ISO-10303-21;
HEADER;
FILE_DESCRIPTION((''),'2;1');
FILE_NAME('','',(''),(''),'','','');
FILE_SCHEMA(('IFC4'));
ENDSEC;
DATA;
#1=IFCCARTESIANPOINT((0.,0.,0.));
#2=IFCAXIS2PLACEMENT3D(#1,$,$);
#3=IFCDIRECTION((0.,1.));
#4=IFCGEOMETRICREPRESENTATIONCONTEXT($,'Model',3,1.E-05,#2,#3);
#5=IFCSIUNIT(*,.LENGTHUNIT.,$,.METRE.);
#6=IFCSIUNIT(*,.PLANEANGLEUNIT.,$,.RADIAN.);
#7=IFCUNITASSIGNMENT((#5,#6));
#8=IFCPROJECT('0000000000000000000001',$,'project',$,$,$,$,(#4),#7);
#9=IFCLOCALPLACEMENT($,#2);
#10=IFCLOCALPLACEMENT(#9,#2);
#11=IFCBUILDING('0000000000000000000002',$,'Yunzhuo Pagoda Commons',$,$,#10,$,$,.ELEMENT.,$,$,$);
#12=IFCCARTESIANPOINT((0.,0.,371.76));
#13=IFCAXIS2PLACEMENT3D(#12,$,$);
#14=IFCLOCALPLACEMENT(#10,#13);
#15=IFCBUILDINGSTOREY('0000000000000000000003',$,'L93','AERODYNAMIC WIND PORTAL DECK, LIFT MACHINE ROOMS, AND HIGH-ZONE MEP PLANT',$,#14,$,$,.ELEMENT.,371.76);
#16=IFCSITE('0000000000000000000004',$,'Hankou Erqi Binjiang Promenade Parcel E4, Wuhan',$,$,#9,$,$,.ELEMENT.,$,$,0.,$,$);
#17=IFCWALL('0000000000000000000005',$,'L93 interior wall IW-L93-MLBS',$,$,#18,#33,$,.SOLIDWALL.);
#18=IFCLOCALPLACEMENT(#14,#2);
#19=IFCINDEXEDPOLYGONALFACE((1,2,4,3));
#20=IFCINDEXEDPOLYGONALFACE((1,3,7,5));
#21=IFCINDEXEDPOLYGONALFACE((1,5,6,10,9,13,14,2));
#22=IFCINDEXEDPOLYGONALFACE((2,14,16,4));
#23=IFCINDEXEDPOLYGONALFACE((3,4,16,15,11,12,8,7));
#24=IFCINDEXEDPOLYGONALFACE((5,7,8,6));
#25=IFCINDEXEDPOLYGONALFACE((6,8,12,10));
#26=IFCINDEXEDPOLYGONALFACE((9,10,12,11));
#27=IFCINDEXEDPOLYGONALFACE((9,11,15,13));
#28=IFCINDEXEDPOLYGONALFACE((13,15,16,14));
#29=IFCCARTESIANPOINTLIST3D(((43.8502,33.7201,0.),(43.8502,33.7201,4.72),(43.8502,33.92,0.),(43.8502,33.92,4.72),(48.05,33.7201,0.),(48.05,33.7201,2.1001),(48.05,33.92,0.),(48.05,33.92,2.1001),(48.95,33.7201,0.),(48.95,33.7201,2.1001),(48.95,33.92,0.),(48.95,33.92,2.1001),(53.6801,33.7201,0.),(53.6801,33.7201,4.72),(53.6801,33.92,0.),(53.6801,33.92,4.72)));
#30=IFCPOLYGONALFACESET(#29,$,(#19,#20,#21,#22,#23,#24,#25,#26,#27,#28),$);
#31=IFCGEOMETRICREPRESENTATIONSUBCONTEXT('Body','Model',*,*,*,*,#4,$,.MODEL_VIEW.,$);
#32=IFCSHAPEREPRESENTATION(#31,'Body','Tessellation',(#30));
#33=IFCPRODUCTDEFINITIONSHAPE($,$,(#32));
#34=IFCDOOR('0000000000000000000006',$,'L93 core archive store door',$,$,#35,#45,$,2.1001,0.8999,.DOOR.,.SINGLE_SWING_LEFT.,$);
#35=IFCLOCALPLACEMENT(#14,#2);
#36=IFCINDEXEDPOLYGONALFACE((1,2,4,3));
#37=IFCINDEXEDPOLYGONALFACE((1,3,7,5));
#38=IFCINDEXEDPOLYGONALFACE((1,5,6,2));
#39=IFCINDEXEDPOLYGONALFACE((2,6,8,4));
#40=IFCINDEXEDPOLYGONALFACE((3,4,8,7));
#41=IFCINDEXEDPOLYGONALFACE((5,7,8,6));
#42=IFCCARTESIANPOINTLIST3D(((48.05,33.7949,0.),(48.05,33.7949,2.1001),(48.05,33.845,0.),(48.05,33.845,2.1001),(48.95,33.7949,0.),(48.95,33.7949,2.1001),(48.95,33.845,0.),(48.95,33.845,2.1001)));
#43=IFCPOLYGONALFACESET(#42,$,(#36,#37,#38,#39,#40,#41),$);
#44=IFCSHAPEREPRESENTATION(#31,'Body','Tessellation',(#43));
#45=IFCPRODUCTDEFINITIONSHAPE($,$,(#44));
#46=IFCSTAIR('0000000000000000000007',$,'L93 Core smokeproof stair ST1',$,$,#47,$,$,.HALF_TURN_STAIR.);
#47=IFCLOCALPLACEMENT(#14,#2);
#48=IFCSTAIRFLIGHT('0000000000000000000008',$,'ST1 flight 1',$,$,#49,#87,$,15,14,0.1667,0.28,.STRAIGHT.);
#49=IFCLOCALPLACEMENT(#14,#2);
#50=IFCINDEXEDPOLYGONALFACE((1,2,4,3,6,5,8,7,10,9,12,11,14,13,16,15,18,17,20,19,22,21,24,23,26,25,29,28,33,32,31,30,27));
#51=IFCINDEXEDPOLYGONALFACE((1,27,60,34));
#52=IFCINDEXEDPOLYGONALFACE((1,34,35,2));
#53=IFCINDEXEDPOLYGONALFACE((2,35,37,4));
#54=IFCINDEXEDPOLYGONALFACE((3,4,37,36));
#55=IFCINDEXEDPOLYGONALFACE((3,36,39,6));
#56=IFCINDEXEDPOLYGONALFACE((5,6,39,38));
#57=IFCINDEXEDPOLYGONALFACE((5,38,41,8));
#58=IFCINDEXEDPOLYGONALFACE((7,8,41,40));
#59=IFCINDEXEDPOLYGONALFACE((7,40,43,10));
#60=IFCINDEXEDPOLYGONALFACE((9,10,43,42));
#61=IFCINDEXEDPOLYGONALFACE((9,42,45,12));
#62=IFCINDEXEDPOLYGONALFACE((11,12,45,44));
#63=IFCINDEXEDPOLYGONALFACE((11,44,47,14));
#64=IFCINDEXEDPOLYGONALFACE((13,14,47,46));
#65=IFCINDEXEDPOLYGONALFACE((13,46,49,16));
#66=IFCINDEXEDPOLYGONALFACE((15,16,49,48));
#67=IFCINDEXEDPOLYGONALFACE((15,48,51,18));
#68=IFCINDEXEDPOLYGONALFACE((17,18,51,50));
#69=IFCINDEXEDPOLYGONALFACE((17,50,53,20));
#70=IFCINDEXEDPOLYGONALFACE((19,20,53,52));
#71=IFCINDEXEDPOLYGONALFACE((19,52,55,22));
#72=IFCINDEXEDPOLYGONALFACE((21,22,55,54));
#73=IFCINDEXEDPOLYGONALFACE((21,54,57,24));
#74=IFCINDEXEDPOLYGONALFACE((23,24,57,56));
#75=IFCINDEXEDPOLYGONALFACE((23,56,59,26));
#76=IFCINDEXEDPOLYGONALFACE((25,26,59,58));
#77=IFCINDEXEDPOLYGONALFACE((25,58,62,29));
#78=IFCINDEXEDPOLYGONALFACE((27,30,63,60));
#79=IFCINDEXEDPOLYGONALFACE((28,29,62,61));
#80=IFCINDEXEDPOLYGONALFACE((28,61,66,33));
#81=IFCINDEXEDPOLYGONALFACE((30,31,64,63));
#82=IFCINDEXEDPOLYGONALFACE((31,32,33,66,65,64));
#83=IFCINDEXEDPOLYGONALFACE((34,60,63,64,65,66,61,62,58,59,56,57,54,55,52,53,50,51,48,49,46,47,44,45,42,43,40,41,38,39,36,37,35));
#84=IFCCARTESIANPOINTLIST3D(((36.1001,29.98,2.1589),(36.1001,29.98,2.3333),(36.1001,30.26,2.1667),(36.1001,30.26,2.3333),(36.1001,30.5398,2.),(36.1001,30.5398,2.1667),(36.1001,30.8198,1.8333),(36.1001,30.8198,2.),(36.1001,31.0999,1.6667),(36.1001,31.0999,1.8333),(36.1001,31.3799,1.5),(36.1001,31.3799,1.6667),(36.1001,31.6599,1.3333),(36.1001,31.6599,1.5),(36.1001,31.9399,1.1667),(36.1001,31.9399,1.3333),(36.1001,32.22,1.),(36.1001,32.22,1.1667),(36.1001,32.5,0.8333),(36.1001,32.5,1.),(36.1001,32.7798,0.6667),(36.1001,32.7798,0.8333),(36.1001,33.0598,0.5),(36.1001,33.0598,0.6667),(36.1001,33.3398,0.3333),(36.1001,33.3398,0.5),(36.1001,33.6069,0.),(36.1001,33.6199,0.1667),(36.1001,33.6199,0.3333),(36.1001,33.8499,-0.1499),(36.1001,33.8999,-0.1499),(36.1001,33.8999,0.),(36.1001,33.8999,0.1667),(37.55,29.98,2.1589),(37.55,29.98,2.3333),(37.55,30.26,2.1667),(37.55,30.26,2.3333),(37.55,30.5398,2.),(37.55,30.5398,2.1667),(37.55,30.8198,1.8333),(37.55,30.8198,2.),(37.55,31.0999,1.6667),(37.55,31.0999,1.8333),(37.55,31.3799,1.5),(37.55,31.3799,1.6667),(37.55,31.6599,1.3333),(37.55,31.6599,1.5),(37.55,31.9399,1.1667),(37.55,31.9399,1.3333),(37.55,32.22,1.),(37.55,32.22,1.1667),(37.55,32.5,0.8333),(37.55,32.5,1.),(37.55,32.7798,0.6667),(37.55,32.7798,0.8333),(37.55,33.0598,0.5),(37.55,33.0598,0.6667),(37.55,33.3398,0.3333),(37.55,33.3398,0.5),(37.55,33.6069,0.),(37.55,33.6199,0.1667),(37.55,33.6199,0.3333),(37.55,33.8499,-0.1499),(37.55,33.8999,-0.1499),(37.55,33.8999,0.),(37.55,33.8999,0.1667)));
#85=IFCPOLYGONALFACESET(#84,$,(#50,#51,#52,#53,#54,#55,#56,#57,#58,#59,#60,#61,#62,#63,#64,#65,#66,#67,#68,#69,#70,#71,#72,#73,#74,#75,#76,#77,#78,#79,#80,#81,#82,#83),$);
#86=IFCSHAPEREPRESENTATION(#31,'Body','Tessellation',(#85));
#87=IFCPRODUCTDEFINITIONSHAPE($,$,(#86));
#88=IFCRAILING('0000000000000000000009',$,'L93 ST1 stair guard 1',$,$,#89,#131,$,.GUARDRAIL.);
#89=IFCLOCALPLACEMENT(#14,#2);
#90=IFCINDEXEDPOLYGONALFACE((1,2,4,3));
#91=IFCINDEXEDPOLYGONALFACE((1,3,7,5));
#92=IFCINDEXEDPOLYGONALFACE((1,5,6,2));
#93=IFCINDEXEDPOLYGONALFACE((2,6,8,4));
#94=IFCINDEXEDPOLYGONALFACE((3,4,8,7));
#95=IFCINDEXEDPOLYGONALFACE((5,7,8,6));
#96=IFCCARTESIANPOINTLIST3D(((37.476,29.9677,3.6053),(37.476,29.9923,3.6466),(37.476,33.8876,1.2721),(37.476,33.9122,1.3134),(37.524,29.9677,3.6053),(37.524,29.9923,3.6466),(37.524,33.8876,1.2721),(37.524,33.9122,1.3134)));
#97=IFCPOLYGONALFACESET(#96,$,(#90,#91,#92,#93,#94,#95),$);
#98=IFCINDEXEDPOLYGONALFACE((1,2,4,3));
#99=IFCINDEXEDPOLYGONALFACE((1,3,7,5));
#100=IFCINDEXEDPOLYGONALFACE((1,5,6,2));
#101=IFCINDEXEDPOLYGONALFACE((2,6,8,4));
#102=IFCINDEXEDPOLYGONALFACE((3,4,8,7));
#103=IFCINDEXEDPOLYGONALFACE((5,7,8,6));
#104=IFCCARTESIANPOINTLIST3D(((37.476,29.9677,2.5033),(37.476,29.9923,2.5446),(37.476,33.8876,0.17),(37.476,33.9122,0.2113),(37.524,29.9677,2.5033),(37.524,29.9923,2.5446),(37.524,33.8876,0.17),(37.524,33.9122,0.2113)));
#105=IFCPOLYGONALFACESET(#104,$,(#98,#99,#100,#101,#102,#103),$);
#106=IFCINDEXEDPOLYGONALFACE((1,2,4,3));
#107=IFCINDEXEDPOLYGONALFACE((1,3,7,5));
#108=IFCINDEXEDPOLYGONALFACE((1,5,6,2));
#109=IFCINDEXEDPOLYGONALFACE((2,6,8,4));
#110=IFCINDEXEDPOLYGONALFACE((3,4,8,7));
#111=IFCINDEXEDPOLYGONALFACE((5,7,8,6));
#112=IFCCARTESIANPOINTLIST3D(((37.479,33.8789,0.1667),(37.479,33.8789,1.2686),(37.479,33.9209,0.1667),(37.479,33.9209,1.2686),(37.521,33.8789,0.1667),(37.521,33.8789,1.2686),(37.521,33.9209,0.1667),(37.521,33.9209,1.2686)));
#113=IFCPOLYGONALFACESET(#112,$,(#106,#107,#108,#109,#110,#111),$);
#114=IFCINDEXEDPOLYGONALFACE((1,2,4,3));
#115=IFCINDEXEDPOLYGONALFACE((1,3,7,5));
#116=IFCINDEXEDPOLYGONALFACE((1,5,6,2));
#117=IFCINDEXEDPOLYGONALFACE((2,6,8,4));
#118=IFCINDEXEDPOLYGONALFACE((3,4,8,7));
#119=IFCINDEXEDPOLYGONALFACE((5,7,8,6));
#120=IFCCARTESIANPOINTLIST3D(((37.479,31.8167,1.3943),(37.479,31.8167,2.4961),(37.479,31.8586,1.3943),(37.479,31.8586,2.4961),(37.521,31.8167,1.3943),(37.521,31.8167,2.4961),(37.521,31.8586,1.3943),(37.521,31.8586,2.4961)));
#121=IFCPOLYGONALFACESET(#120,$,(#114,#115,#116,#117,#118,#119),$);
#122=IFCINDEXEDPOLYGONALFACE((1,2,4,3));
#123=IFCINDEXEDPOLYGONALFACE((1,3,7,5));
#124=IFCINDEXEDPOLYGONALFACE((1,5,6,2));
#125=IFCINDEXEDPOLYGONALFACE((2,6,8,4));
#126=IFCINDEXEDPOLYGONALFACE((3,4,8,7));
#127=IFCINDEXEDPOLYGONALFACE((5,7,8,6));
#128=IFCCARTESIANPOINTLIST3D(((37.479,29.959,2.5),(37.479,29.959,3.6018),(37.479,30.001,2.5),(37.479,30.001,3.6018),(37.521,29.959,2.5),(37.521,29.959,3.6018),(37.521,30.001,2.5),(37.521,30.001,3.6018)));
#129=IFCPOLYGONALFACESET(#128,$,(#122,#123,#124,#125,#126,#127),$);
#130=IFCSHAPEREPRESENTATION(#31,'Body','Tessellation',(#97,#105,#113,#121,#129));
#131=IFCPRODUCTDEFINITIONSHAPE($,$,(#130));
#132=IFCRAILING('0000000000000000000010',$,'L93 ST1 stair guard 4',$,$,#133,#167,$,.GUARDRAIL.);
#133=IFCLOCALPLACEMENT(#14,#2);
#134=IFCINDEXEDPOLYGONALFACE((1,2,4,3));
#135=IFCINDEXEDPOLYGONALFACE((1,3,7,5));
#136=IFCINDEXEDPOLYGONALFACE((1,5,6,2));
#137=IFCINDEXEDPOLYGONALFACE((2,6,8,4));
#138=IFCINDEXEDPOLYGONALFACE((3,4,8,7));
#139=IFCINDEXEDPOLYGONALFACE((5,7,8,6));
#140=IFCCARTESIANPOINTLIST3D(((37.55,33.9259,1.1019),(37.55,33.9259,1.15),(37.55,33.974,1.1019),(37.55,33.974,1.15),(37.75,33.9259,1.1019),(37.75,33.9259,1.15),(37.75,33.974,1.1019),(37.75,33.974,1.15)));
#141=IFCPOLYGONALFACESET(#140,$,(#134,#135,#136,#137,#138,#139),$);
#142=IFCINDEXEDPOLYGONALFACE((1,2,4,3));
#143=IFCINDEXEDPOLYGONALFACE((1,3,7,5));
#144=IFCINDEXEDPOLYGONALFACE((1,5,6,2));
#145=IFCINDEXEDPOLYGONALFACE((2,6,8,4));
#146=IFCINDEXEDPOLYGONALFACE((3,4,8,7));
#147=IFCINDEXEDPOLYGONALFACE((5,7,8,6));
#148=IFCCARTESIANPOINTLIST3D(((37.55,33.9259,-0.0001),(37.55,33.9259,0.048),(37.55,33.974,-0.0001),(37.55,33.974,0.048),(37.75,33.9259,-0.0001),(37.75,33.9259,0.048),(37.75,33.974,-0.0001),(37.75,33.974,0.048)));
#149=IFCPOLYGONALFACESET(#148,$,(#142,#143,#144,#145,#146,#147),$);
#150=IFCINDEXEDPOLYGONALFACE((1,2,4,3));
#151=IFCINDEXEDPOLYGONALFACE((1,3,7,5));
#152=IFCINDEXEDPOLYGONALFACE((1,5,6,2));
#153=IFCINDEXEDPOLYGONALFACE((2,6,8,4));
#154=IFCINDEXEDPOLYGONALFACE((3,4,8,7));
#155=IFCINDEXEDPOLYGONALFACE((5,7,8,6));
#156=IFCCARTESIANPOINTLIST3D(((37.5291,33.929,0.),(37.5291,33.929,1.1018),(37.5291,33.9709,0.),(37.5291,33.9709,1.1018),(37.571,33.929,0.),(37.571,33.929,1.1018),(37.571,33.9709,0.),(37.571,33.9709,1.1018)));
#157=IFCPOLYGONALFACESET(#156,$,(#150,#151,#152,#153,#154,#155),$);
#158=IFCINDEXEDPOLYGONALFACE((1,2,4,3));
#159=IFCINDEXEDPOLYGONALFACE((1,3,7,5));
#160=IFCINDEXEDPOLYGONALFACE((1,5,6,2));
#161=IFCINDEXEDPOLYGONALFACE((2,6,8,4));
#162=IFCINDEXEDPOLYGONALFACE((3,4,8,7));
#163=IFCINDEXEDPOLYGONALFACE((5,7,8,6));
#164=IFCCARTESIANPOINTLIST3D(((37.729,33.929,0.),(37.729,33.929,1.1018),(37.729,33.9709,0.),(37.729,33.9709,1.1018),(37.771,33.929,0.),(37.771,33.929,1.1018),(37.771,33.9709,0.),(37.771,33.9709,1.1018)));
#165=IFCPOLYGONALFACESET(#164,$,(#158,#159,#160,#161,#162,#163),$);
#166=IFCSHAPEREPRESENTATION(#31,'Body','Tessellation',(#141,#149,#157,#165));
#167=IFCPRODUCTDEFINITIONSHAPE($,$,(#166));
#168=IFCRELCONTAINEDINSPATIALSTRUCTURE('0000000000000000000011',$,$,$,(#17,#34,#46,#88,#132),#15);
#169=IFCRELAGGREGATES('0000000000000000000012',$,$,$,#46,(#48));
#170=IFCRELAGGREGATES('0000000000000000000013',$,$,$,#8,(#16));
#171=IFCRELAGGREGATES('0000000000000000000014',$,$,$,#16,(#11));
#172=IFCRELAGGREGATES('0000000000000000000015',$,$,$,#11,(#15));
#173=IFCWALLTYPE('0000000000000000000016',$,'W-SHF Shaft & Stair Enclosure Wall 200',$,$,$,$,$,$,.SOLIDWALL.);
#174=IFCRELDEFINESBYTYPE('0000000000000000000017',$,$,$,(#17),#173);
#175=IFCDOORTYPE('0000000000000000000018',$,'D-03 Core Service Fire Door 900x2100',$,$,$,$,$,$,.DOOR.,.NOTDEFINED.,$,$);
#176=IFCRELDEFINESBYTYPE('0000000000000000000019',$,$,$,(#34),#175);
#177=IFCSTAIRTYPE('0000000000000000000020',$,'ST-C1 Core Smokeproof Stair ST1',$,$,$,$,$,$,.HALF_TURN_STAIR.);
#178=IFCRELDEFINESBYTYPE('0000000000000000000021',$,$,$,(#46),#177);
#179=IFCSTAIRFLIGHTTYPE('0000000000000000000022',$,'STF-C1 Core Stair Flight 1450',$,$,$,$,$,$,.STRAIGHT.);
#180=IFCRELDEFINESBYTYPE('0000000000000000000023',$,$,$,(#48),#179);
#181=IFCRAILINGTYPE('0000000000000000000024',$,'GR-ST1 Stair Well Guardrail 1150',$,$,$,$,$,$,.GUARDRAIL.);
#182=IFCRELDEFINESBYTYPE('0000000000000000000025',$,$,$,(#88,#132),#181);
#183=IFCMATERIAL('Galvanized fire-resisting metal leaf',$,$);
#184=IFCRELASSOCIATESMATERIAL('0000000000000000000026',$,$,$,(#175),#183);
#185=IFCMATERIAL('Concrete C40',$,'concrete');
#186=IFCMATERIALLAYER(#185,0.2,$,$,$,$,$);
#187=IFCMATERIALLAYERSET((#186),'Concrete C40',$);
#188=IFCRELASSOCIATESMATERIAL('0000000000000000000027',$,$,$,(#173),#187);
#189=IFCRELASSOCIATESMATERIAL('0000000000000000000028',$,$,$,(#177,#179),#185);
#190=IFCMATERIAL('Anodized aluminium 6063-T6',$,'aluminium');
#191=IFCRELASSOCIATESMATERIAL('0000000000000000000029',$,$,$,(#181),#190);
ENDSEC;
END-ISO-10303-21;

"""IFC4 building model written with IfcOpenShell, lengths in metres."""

from ifc_helpers import new_model, si_unit, direction, frame, frame_2d, origin, origin_with_axes, origin_2d, place, context, subcontext, project, spatial, polyline, rectangle, outline, extrude, source, transform, mapped, material, layer, layer_set, type_object, element, fill, aggregate, save


model = new_model("IFC4")

# Units and contexts
model_context = context("Model", 3, precision=1e-05, world=origin(), true_north=direction((0.0, 1.0)))
body_context = subcontext(model_context, "Body", "Model", "MODEL_VIEW")
ifc_project = project(units=[si_unit("LENGTHUNIT", "METRE"), si_unit("PLANEANGLEUNIT", "RADIAN")], contexts=[model_context])

# Site, building, storey
site_placement = place(None, origin())
site = spatial("IfcSite", under=ifc_project, at=site_placement, Name="Hankou Erqi Binjiang Promenade Parcel E4, Wuhan", CompositionType="ELEMENT", RefElevation=0.0)
building_placement = place(site_placement, origin())
building = spatial("IfcBuilding", under=site, at=building_placement, Name="Yunzhuo Pagoda Commons", CompositionType="ELEMENT")
storey_placement = place(building_placement, frame((0.0, 0.0, 371.76)))
storey = spatial("IfcBuildingStorey", under=building, at=storey_placement, Name="L93", Description="AERODYNAMIC WIND PORTAL DECK, LIFT MACHINE ROOMS, AND HIGH-ZONE MEP PLANT", CompositionType="ELEMENT", Elevation=371.76)

# Shared definitions
ifc_material_1 = material(Name="Galvanized fire-resisting metal leaf")
door_type_1 = type_object("IfcDoorType", Name="D-03 Core Service Fire Door 900x2100", OperationType="NOTDEFINED", PredefinedType="DOOR", material=ifc_material_1)
shared_shape_1 = source(origin(), body_context, "Body", "SweptSolid", [
    extrude(rectangle(XDim=0.8999, YDim=2.1001, at=frame_2d((0.45, 1.05))), frame((0.0, 0.0249, 0.0), z_axis=(0.0, -1.0, 0.0), x_axis=(1.0, 0.0, 0.0)), (0.0, 0.0, 1.0), 0.05),
])
ifc_material_2 = material(Name="Concrete C40", Category="concrete")
ifc_layer_1 = layer(ifc_material_2, 0.2)
ifc_layer_set_1 = layer_set([ifc_layer_1], Name="Concrete C40")
wall_type_1 = type_object("IfcWallType", Name="W-SHF Shaft & Stair Enclosure Wall 200", PredefinedType="SOLIDWALL", material=ifc_layer_set_1)

# Wall, opening, door
wall_1_placement = place(storey_placement, frame((43.8501, 33.8201, 0.0), z_axis=(0.0, 0.0, 1.0), x_axis=(1.0, 0.0, 0.0)))
wall_1 = element("IfcWall", 1, at=wall_1_placement, inside=storey, type_object=wall_type_1, Name="L93 interior wall IW-L93-MLBS", PredefinedType="SOLIDWALL", context=body_context, shape_type="SweptSolid", body=[
    extrude(rectangle(XDim=9.8298, YDim=0.2, at=frame_2d((4.915, 0.0))), origin(), (0.0, 0.0, 1.0), 4.72),
])
opening_1_placement = place(wall_1_placement, frame((4.2, 0.0, 0.0)))
opening_1 = element("IfcOpeningElement", 2, at=opening_1_placement, cuts=wall_1, PredefinedType="OPENING", context=body_context, shape_type="SweptSolid", body=[
    extrude(rectangle(XDim=0.8999, YDim=2.1001, at=frame_2d((0.45, 1.05))), frame((0.0, 0.1099, 0.0), z_axis=(0.0, -1.0, 0.0), x_axis=(1.0, 0.0, 0.0)), (0.0, 0.0, 1.0), 0.22),
])
door_1_placement = place(opening_1_placement, origin_with_axes())
door_1 = element("IfcDoor", 3, at=door_1_placement, inside=storey, type_object=door_type_1, Name="L93 core archive store door", OperationType="SINGLE_SWING_LEFT", OverallHeight=2.1001, OverallWidth=0.8999, PredefinedType="DOOR", context=body_context, shape_type="MappedRepresentation", body=[
    mapped(shared_shape_1, transform((0.0, 0.0, 0.0), scale=1.0)),
])
fill(opening_1, door_1)

# Stair, stair flight
stair_type = type_object("IfcStairType", Name="ST-C1 Core Smokeproof Stair ST1", PredefinedType="HALF_TURN_STAIR", material=ifc_material_2)
stair_placement = place(storey_placement, origin())
stair = element("IfcStair", 4, at=stair_placement, inside=storey, type_object=stair_type, Name="L93 Core smokeproof stair ST1", PredefinedType="HALF_TURN_STAIR")
stair_flight_type = type_object("IfcStairFlightType", Name="STF-C1 Core Stair Flight 1450", PredefinedType="STRAIGHT", material=ifc_material_2)
shared_shape_2 = source(origin(), body_context, "Body", "SweptSolid", [
    extrude(outline(polyline([(0.0, -0.1499), (0.0, 0.0), (0.0, 0.1667), (0.28, 0.1667), (0.28, 0.3333), (0.5601, 0.3333), (0.5601, 0.5), (0.8401, 0.5), (0.8401, 0.6667), (1.1201, 0.6667), (1.1201, 0.8333), (1.3999, 0.8333), (1.3999, 1.0), (1.6799, 1.0), (1.6799, 1.1667), (1.96, 1.1667), (1.96, 1.3333), (2.24, 1.3333), (2.24, 1.5), (2.52, 1.5), (2.52, 1.6667), (2.8, 1.6667), (2.8, 1.8333), (3.0801, 1.8333), (3.0801, 2.0), (3.3601, 2.0), (3.3601, 2.1667), (3.6399, 2.1667), (3.6399, 2.3333), (3.9199, 2.3333), (3.9199, 2.5), (3.9199, 2.1589), (0.293, 0.0), (0.05, -0.1499), (0.0, -0.1499)])), frame((0.0, 0.7251, 0.0), z_axis=(0.0, -1.0, 0.0), x_axis=(1.0, 0.0, 0.0)), (0.0, 0.0, 1.0), 1.45),
])
stair_flight_placement = place(storey_placement, frame((36.825, 33.8999, 0.0), z_axis=(0.0, 0.0, 1.0), x_axis=(0.0, -1.0, 0.0)))
stair_flight = element("IfcStairFlight", 5, at=stair_flight_placement, type_object=stair_flight_type, Name="ST1 flight 1", NumberOfRisers=15, NumberOfTreads=14, PredefinedType="STRAIGHT", RiserHeight=0.1667, TreadLength=0.28, context=body_context, shape_type="MappedRepresentation", body=[
    mapped(shared_shape_2, transform((0.0, 0.0, 0.0), scale=1.0)),
])
aggregate(stair, [stair_flight])

# Railings
ifc_material_3 = material(Name="Anodized aluminium 6063-T6", Category="aluminium")
railing_type_1 = type_object("IfcRailingType", Name="GR-ST1 Stair Well Guardrail 1150", PredefinedType="GUARDRAIL", material=ifc_material_3)
railing_1_placement = place(storey_placement, frame((37.5, 33.8999, 0.1667)))
element("IfcRailing", 6, at=railing_1_placement, inside=storey, type_object=railing_type_1, Name="L93 ST1 stair guard 1", PredefinedType="GUARDRAIL", context=body_context, shape_type="SweptSolid", body=[
    extrude(rectangle(XDim=0.0481, YDim=0.0481, at=origin_2d()), frame((0.0, 0.0, 1.126), z_axis=(0.0, -0.859296, 0.511478), x_axis=(1.0, 0.0, 0.0)), (0.0, 0.0, 1.0), 4.5618),
    extrude(rectangle(XDim=0.0481, YDim=0.0481, at=origin_2d()), frame((0.0, 0.0, 0.0239), z_axis=(0.0, -0.859296, 0.511478), x_axis=(1.0, 0.0, 0.0)), (0.0, 0.0, 1.0), 4.5618),
    extrude(rectangle(XDim=0.042, YDim=0.042, at=origin_2d()), origin(), (0.0, 0.0, 1.0), 1.1018),
    extrude(rectangle(XDim=0.042, YDim=0.042, at=origin_2d()), frame((0.0, -2.0623, 1.2275)), (0.0, 0.0, 1.0), 1.1018),
    extrude(rectangle(XDim=0.042, YDim=0.042, at=origin_2d()), frame((0.0, -3.9199, 2.3333)), (0.0, 0.0, 1.0), 1.1018),
])
railing_2_placement = place(storey_placement, frame((37.55, 33.95, 0.0)))
element("IfcRailing", 7, at=railing_2_placement, inside=storey, type_object=railing_type_1, Name="L93 ST1 stair guard 4", PredefinedType="GUARDRAIL", context=body_context, shape_type="SweptSolid", body=[
    extrude(rectangle(XDim=0.0481, YDim=0.0481, at=origin_2d()), frame((0.0, 0.0, 1.126), z_axis=(1.0, 0.0, 0.0), x_axis=(0.0, 1.0, 0.0)), (0.0, 0.0, 1.0), 0.2),
    extrude(rectangle(XDim=0.0481, YDim=0.0481, at=origin_2d()), frame((0.0, 0.0, 0.0239), z_axis=(1.0, 0.0, 0.0), x_axis=(0.0, 1.0, 0.0)), (0.0, 0.0, 1.0), 0.2),
    extrude(rectangle(XDim=0.042, YDim=0.042, at=origin_2d()), origin(), (0.0, 0.0, 1.0), 1.1018),
    extrude(rectangle(XDim=0.042, YDim=0.042, at=origin_2d()), frame((0.2, 0.0, 0.0)), (0.0, 0.0, 1.0), 1.1018),
])

save(model, "model.ifc")
